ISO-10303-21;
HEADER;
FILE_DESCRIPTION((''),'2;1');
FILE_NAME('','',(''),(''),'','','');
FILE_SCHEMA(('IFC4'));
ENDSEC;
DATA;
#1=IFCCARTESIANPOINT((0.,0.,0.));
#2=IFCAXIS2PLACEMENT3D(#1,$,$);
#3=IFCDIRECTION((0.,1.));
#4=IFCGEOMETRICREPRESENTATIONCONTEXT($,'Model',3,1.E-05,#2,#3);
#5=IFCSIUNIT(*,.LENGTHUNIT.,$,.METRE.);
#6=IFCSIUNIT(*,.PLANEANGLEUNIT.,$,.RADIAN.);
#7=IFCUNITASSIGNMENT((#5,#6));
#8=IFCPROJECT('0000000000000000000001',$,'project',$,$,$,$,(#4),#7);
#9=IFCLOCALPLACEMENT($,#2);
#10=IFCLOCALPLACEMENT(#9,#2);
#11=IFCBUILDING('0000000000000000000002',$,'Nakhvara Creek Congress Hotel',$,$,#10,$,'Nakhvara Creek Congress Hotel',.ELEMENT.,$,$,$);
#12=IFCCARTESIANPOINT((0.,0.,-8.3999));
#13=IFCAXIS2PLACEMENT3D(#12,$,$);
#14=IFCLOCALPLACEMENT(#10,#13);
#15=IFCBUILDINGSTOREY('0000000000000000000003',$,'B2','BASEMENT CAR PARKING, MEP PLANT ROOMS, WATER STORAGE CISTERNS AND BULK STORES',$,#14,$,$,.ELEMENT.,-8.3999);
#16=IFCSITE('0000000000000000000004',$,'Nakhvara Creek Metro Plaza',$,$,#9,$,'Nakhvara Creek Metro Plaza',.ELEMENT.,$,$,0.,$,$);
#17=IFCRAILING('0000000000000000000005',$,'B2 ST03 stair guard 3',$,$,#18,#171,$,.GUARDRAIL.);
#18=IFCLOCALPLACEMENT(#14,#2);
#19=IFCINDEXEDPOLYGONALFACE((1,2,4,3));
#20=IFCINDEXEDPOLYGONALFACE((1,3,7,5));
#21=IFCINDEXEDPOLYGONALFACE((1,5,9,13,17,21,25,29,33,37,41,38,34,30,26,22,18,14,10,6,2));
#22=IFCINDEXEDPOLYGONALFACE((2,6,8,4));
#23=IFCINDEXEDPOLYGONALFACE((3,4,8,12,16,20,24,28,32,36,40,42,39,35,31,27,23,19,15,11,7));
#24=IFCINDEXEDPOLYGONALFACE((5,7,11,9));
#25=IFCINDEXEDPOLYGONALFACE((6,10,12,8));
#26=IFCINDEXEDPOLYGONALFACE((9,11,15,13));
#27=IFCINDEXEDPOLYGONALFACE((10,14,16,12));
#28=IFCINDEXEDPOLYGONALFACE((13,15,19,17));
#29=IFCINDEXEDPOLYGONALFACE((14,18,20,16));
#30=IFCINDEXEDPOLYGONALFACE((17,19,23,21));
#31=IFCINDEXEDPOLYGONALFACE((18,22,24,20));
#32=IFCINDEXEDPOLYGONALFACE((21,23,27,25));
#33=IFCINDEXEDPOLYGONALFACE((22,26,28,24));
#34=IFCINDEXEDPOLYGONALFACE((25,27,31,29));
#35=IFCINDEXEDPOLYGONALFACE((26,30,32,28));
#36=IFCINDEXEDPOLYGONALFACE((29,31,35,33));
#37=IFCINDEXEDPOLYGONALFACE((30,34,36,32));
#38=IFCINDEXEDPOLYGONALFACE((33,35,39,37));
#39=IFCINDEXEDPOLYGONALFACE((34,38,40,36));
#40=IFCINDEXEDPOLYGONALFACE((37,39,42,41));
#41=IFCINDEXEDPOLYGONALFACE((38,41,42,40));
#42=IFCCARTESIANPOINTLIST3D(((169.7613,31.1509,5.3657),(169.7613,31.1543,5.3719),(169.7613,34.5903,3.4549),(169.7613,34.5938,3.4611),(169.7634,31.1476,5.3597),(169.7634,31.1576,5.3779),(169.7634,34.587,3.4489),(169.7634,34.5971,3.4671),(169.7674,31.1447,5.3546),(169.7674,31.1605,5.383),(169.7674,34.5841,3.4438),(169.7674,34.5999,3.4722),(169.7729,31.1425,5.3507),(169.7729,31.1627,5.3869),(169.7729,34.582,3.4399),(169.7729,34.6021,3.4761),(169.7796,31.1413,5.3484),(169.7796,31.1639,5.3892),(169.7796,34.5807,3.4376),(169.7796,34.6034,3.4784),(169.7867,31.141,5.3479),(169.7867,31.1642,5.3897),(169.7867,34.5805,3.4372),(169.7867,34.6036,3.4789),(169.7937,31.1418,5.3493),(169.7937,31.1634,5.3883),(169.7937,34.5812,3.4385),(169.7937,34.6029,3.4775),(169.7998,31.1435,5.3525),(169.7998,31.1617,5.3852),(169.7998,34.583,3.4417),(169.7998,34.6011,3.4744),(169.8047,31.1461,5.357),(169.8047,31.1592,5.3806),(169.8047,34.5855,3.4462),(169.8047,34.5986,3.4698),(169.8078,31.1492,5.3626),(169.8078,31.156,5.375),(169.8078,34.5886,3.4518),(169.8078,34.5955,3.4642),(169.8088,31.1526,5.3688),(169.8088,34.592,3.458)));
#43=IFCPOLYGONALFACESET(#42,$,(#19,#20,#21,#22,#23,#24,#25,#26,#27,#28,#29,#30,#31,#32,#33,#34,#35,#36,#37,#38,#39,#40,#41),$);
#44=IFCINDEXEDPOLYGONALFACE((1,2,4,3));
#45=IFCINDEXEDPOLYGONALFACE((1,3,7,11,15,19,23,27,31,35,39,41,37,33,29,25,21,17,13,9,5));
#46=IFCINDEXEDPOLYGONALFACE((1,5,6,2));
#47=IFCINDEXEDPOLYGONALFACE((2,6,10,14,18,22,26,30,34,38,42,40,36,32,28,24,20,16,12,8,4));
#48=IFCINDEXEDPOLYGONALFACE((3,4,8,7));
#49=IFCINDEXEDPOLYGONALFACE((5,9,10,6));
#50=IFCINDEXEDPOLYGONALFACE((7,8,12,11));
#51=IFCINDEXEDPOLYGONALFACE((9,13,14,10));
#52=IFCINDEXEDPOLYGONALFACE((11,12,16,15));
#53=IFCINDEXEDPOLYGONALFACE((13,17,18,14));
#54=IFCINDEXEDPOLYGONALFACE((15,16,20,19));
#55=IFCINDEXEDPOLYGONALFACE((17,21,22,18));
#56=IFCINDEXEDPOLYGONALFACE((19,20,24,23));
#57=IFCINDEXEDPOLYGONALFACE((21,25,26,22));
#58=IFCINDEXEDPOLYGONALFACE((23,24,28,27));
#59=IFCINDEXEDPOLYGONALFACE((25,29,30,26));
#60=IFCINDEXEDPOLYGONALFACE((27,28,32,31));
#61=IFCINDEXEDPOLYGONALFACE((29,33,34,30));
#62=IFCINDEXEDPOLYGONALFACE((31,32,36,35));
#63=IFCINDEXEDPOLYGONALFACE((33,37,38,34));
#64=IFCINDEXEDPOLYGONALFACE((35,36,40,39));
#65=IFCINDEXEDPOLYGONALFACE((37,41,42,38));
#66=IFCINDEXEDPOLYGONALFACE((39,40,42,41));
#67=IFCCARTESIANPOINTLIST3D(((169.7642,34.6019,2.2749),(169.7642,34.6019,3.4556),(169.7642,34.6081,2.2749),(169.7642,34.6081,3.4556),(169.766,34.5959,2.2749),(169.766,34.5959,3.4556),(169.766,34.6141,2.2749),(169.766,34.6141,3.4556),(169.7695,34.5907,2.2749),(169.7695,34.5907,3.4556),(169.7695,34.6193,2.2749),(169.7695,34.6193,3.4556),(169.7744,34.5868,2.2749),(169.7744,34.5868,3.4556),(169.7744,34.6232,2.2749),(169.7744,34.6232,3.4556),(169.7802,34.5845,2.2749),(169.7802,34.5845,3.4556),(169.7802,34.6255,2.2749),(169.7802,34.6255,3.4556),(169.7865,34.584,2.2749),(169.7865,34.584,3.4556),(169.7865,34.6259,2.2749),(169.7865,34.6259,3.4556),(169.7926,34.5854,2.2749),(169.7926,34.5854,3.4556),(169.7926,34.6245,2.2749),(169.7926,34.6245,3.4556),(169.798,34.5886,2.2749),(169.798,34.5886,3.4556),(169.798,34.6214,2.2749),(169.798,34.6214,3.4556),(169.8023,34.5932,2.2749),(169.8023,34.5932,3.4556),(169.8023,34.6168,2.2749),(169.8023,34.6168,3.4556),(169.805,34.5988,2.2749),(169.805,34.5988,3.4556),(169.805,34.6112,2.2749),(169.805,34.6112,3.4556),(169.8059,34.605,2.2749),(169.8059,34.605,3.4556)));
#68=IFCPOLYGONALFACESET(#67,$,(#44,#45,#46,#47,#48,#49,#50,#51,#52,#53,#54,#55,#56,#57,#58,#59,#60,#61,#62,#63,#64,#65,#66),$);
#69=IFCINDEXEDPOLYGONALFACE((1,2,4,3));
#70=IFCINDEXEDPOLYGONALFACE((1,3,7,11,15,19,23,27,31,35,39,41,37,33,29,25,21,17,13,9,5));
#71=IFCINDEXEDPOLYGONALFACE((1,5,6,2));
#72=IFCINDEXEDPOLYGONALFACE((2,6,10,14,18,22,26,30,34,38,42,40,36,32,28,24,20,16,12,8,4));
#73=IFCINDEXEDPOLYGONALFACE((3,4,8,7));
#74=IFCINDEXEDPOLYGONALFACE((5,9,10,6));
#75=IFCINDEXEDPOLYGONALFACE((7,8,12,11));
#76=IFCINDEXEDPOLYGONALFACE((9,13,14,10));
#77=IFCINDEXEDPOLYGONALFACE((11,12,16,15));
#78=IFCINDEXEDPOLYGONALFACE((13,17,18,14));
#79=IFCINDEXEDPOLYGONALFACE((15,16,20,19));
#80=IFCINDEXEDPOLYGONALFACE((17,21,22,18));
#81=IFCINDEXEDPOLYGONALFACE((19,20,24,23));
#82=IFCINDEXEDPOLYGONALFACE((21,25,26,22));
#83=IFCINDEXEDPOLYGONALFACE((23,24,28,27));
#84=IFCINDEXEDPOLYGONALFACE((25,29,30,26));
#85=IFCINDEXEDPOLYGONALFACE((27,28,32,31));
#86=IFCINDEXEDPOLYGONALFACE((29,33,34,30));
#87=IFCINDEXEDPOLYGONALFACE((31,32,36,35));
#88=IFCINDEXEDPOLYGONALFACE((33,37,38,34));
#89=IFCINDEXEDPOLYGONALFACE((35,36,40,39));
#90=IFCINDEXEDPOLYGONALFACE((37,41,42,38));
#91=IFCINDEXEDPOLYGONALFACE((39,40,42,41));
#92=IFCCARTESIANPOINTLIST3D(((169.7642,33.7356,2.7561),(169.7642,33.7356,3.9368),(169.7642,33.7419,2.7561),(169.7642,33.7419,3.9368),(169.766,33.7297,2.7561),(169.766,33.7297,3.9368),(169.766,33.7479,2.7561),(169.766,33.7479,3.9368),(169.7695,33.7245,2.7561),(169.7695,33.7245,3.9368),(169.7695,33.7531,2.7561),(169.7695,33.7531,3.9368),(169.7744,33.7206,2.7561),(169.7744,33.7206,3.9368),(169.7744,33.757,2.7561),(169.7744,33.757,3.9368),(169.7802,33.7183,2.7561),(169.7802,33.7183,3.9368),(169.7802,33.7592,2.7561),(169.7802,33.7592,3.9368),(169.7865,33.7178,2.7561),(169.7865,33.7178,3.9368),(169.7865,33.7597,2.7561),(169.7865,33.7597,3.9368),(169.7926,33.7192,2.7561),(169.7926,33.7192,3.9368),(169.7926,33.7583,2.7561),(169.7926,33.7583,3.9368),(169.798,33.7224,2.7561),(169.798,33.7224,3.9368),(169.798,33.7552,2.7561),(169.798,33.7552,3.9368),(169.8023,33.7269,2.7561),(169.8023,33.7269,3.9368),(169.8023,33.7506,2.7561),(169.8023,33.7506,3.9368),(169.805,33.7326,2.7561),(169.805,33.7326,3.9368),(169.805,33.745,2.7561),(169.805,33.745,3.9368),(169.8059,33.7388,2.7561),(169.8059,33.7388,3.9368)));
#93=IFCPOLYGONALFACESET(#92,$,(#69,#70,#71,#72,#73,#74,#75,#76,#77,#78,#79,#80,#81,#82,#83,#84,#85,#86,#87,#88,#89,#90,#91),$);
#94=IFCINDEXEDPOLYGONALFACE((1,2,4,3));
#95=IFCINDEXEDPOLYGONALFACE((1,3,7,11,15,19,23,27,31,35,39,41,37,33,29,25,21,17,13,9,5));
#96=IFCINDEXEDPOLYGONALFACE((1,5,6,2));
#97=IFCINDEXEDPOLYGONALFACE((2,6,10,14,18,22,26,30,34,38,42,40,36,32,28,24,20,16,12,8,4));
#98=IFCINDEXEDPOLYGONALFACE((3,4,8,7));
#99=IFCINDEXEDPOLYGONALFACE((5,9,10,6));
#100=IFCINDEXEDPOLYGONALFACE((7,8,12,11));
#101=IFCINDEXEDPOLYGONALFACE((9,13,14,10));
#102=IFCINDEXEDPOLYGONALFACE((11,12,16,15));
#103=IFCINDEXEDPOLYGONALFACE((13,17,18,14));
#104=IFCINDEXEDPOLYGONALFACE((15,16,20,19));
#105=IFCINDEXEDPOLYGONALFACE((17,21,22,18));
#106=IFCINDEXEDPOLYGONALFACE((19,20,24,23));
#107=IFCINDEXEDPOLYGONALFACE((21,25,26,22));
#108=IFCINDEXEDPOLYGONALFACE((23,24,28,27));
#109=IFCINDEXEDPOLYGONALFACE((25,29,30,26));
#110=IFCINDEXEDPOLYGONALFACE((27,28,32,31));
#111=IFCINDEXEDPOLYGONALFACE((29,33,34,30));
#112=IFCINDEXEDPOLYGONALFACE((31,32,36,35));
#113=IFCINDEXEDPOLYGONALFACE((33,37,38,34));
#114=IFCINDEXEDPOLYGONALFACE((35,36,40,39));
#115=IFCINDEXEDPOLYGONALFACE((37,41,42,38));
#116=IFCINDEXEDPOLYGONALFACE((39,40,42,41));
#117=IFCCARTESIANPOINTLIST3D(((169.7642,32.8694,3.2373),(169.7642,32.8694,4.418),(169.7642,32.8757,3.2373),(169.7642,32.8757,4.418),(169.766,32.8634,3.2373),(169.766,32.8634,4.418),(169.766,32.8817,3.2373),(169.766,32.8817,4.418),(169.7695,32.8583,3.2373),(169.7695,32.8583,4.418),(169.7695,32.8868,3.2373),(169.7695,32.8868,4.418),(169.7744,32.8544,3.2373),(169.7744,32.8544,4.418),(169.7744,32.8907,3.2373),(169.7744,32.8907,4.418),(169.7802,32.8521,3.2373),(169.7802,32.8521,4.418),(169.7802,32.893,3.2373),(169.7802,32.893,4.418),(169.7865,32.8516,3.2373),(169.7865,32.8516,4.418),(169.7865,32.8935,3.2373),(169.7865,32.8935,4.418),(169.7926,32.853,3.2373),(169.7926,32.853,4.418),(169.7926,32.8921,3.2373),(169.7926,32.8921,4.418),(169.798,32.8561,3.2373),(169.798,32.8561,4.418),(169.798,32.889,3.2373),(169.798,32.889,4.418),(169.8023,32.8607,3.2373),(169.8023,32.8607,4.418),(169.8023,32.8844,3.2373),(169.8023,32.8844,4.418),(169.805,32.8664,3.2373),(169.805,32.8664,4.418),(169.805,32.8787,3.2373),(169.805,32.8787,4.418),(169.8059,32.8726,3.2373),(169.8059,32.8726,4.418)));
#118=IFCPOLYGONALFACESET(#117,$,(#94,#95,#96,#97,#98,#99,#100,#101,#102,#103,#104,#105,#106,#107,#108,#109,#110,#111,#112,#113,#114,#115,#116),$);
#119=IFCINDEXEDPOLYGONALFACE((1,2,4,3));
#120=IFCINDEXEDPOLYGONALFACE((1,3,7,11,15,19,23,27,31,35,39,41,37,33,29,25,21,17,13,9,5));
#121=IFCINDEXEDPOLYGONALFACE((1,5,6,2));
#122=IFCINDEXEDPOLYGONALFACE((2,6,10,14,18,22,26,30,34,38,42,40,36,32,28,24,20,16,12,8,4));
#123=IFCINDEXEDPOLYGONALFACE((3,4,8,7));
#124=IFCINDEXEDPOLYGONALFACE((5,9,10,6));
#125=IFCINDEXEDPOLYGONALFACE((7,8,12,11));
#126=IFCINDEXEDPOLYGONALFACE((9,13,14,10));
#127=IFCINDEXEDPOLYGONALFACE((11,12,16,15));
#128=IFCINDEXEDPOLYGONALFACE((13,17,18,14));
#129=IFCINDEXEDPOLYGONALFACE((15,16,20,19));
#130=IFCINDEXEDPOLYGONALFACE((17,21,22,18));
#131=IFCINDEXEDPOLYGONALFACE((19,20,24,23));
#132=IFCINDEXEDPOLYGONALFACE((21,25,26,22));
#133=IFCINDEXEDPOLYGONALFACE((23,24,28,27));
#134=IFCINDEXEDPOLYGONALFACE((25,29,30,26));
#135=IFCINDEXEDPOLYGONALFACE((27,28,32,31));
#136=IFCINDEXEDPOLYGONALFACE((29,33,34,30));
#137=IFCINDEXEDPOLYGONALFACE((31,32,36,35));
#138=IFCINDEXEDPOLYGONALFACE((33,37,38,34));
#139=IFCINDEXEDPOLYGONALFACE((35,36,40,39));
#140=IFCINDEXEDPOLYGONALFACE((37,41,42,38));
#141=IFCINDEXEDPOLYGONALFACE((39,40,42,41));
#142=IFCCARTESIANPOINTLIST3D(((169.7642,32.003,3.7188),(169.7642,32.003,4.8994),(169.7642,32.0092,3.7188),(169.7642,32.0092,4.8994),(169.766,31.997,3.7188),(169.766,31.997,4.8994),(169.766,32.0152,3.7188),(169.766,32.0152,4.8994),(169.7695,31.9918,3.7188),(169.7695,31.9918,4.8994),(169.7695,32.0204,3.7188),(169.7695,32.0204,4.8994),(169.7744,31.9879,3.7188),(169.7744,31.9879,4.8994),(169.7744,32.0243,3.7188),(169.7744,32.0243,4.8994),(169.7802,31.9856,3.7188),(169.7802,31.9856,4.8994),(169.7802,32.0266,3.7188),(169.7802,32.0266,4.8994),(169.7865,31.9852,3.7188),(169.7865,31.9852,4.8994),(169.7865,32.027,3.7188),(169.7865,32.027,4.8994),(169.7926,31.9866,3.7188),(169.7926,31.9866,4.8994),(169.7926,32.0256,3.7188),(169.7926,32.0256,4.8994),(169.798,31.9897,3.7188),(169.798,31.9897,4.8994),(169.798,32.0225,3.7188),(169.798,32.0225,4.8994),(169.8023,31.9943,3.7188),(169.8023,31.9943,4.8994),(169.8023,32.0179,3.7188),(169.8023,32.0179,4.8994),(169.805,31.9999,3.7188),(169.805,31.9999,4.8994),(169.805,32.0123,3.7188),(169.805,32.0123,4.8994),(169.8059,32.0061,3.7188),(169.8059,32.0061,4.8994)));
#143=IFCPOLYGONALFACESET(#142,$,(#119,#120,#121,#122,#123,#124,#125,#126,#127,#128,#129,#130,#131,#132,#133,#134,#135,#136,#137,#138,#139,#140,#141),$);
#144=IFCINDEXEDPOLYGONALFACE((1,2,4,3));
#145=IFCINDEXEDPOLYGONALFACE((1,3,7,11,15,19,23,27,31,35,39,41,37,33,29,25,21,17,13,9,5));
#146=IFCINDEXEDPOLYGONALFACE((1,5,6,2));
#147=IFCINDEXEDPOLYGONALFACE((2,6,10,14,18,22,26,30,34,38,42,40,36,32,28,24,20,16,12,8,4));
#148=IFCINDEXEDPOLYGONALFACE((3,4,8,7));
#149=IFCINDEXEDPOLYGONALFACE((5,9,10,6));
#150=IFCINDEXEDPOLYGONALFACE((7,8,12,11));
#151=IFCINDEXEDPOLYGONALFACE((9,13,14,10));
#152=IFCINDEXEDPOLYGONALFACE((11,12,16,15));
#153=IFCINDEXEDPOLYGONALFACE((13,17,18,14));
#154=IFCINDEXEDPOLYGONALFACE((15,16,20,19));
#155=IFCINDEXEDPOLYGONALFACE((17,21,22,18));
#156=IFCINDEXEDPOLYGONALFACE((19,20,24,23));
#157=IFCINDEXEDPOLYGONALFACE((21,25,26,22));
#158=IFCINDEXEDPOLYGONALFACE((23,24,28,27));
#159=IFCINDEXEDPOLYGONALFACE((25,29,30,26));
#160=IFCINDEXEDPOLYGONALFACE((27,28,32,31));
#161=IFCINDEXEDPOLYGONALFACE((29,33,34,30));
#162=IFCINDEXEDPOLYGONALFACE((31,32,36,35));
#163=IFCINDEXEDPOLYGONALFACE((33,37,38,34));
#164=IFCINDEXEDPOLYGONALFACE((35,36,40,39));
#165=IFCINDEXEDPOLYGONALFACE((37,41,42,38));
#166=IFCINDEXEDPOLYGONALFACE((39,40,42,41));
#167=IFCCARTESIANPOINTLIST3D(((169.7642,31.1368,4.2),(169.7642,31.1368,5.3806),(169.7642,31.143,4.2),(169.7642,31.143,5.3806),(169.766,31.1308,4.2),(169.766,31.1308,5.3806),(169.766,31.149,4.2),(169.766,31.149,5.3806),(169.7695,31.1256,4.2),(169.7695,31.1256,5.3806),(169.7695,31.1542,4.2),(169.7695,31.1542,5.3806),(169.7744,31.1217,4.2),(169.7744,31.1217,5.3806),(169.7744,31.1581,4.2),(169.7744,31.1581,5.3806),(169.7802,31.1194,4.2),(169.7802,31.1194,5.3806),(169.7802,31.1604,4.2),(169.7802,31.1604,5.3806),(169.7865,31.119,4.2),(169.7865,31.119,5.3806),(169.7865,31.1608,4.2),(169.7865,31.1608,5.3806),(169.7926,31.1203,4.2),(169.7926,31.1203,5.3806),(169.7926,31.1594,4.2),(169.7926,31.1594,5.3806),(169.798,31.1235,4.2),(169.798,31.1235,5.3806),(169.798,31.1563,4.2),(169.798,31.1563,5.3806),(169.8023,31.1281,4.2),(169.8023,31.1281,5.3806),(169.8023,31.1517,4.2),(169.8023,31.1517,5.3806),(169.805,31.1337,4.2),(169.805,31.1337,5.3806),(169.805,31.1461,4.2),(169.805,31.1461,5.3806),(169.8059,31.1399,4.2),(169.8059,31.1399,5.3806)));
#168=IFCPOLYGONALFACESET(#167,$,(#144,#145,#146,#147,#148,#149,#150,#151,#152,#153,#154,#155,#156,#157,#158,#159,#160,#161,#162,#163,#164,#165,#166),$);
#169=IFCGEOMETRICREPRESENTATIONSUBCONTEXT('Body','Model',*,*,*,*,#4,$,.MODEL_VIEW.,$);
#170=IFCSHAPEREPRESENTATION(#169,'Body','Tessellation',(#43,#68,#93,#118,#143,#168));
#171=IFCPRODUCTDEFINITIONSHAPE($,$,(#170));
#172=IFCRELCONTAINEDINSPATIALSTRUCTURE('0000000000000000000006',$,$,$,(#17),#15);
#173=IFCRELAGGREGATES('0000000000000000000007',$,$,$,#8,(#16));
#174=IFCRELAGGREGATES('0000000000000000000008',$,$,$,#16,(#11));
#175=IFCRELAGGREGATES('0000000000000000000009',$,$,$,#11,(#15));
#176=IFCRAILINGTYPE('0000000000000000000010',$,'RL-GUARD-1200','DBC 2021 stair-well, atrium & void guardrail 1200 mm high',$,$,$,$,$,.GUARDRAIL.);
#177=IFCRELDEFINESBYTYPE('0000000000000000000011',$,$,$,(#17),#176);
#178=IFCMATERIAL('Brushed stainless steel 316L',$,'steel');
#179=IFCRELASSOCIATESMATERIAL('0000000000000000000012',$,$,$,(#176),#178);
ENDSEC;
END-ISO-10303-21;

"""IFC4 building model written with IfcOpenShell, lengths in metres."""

from ifc_helpers import new_model, si_unit, direction, frame, origin, origin_2d, place, context, subcontext, project, spatial, circle, extrude, material, type_object, element, save


model = new_model("IFC4")

# Units and contexts
model_context = context("Model", 3, precision=1e-05, world=origin(), true_north=direction((0.0, 1.0)))
body_context = subcontext(model_context, "Body", "Model", "MODEL_VIEW")
ifc_project = project(units=[si_unit("LENGTHUNIT", "METRE"), si_unit("PLANEANGLEUNIT", "RADIAN")], contexts=[model_context])

# Site, building, storey
site_placement = place(None, origin())
site = spatial("IfcSite", under=ifc_project, at=site_placement, Name="Nakhvara Creek Metro Plaza", LongName="Nakhvara Creek Metro Plaza", CompositionType="ELEMENT", RefElevation=0.0)
building_placement = place(site_placement, origin())
building = spatial("IfcBuilding", under=site, at=building_placement, Name="Nakhvara Creek Congress Hotel", LongName="Nakhvara Creek Congress Hotel", CompositionType="ELEMENT")
storey_placement = place(building_placement, frame((0.0, 0.0, -8.3999)))
storey = spatial("IfcBuildingStorey", under=building, at=storey_placement, Name="B2", Description="BASEMENT CAR PARKING, MEP PLANT ROOMS, WATER STORAGE CISTERNS AND BULK STORES", CompositionType="ELEMENT", Elevation=-8.3999)

# Railing
ifc_material_1 = material(Name="Brushed stainless steel 316L", Category="steel")
railing_type_1 = type_object("IfcRailingType", Name="RL-GUARD-1200", Description="DBC 2021 stair-well, atrium & void guardrail 1200 mm high", PredefinedType="GUARDRAIL", material=ifc_material_1)
railing_1_placement = place(storey_placement, frame((169.7849, 34.605, 2.2749)))
element("IfcRailing", 1, at=railing_1_placement, inside=storey, type_object=railing_type_1, Name="B2 ST03 stair guard 3", PredefinedType="GUARDRAIL", context=body_context, shape_type="SweptSolid", body=[
    extrude(circle(Radius=0.0239, at=origin_2d()), frame((0.0, -0.0129, 1.1831), z_axis=(0.0, -0.874157, 0.485643), x_axis=(1.0, 0.0, 0.0)), (0.0, 0.0, 1.0), 3.9346),
    extrude(circle(Radius=0.021, at=origin_2d()), origin(), (0.0, 0.0, 1.0), 1.1807),
    extrude(circle(Radius=0.021, at=origin_2d()), frame((0.0, -0.8662, 0.4812)), (0.0, 0.0, 1.0), 1.1807),
    extrude(circle(Radius=0.021, at=origin_2d()), frame((0.0, -1.7324, 0.9624)), (0.0, 0.0, 1.0), 1.1807),
    extrude(circle(Radius=0.021, at=origin_2d()), frame((0.0, -2.5989, 1.4438)), (0.0, 0.0, 1.0), 1.1807),
    extrude(circle(Radius=0.021, at=origin_2d()), frame((0.0, -3.4651, 1.925)), (0.0, 0.0, 1.0), 1.1807),
])

save(model, "model.ifc")
